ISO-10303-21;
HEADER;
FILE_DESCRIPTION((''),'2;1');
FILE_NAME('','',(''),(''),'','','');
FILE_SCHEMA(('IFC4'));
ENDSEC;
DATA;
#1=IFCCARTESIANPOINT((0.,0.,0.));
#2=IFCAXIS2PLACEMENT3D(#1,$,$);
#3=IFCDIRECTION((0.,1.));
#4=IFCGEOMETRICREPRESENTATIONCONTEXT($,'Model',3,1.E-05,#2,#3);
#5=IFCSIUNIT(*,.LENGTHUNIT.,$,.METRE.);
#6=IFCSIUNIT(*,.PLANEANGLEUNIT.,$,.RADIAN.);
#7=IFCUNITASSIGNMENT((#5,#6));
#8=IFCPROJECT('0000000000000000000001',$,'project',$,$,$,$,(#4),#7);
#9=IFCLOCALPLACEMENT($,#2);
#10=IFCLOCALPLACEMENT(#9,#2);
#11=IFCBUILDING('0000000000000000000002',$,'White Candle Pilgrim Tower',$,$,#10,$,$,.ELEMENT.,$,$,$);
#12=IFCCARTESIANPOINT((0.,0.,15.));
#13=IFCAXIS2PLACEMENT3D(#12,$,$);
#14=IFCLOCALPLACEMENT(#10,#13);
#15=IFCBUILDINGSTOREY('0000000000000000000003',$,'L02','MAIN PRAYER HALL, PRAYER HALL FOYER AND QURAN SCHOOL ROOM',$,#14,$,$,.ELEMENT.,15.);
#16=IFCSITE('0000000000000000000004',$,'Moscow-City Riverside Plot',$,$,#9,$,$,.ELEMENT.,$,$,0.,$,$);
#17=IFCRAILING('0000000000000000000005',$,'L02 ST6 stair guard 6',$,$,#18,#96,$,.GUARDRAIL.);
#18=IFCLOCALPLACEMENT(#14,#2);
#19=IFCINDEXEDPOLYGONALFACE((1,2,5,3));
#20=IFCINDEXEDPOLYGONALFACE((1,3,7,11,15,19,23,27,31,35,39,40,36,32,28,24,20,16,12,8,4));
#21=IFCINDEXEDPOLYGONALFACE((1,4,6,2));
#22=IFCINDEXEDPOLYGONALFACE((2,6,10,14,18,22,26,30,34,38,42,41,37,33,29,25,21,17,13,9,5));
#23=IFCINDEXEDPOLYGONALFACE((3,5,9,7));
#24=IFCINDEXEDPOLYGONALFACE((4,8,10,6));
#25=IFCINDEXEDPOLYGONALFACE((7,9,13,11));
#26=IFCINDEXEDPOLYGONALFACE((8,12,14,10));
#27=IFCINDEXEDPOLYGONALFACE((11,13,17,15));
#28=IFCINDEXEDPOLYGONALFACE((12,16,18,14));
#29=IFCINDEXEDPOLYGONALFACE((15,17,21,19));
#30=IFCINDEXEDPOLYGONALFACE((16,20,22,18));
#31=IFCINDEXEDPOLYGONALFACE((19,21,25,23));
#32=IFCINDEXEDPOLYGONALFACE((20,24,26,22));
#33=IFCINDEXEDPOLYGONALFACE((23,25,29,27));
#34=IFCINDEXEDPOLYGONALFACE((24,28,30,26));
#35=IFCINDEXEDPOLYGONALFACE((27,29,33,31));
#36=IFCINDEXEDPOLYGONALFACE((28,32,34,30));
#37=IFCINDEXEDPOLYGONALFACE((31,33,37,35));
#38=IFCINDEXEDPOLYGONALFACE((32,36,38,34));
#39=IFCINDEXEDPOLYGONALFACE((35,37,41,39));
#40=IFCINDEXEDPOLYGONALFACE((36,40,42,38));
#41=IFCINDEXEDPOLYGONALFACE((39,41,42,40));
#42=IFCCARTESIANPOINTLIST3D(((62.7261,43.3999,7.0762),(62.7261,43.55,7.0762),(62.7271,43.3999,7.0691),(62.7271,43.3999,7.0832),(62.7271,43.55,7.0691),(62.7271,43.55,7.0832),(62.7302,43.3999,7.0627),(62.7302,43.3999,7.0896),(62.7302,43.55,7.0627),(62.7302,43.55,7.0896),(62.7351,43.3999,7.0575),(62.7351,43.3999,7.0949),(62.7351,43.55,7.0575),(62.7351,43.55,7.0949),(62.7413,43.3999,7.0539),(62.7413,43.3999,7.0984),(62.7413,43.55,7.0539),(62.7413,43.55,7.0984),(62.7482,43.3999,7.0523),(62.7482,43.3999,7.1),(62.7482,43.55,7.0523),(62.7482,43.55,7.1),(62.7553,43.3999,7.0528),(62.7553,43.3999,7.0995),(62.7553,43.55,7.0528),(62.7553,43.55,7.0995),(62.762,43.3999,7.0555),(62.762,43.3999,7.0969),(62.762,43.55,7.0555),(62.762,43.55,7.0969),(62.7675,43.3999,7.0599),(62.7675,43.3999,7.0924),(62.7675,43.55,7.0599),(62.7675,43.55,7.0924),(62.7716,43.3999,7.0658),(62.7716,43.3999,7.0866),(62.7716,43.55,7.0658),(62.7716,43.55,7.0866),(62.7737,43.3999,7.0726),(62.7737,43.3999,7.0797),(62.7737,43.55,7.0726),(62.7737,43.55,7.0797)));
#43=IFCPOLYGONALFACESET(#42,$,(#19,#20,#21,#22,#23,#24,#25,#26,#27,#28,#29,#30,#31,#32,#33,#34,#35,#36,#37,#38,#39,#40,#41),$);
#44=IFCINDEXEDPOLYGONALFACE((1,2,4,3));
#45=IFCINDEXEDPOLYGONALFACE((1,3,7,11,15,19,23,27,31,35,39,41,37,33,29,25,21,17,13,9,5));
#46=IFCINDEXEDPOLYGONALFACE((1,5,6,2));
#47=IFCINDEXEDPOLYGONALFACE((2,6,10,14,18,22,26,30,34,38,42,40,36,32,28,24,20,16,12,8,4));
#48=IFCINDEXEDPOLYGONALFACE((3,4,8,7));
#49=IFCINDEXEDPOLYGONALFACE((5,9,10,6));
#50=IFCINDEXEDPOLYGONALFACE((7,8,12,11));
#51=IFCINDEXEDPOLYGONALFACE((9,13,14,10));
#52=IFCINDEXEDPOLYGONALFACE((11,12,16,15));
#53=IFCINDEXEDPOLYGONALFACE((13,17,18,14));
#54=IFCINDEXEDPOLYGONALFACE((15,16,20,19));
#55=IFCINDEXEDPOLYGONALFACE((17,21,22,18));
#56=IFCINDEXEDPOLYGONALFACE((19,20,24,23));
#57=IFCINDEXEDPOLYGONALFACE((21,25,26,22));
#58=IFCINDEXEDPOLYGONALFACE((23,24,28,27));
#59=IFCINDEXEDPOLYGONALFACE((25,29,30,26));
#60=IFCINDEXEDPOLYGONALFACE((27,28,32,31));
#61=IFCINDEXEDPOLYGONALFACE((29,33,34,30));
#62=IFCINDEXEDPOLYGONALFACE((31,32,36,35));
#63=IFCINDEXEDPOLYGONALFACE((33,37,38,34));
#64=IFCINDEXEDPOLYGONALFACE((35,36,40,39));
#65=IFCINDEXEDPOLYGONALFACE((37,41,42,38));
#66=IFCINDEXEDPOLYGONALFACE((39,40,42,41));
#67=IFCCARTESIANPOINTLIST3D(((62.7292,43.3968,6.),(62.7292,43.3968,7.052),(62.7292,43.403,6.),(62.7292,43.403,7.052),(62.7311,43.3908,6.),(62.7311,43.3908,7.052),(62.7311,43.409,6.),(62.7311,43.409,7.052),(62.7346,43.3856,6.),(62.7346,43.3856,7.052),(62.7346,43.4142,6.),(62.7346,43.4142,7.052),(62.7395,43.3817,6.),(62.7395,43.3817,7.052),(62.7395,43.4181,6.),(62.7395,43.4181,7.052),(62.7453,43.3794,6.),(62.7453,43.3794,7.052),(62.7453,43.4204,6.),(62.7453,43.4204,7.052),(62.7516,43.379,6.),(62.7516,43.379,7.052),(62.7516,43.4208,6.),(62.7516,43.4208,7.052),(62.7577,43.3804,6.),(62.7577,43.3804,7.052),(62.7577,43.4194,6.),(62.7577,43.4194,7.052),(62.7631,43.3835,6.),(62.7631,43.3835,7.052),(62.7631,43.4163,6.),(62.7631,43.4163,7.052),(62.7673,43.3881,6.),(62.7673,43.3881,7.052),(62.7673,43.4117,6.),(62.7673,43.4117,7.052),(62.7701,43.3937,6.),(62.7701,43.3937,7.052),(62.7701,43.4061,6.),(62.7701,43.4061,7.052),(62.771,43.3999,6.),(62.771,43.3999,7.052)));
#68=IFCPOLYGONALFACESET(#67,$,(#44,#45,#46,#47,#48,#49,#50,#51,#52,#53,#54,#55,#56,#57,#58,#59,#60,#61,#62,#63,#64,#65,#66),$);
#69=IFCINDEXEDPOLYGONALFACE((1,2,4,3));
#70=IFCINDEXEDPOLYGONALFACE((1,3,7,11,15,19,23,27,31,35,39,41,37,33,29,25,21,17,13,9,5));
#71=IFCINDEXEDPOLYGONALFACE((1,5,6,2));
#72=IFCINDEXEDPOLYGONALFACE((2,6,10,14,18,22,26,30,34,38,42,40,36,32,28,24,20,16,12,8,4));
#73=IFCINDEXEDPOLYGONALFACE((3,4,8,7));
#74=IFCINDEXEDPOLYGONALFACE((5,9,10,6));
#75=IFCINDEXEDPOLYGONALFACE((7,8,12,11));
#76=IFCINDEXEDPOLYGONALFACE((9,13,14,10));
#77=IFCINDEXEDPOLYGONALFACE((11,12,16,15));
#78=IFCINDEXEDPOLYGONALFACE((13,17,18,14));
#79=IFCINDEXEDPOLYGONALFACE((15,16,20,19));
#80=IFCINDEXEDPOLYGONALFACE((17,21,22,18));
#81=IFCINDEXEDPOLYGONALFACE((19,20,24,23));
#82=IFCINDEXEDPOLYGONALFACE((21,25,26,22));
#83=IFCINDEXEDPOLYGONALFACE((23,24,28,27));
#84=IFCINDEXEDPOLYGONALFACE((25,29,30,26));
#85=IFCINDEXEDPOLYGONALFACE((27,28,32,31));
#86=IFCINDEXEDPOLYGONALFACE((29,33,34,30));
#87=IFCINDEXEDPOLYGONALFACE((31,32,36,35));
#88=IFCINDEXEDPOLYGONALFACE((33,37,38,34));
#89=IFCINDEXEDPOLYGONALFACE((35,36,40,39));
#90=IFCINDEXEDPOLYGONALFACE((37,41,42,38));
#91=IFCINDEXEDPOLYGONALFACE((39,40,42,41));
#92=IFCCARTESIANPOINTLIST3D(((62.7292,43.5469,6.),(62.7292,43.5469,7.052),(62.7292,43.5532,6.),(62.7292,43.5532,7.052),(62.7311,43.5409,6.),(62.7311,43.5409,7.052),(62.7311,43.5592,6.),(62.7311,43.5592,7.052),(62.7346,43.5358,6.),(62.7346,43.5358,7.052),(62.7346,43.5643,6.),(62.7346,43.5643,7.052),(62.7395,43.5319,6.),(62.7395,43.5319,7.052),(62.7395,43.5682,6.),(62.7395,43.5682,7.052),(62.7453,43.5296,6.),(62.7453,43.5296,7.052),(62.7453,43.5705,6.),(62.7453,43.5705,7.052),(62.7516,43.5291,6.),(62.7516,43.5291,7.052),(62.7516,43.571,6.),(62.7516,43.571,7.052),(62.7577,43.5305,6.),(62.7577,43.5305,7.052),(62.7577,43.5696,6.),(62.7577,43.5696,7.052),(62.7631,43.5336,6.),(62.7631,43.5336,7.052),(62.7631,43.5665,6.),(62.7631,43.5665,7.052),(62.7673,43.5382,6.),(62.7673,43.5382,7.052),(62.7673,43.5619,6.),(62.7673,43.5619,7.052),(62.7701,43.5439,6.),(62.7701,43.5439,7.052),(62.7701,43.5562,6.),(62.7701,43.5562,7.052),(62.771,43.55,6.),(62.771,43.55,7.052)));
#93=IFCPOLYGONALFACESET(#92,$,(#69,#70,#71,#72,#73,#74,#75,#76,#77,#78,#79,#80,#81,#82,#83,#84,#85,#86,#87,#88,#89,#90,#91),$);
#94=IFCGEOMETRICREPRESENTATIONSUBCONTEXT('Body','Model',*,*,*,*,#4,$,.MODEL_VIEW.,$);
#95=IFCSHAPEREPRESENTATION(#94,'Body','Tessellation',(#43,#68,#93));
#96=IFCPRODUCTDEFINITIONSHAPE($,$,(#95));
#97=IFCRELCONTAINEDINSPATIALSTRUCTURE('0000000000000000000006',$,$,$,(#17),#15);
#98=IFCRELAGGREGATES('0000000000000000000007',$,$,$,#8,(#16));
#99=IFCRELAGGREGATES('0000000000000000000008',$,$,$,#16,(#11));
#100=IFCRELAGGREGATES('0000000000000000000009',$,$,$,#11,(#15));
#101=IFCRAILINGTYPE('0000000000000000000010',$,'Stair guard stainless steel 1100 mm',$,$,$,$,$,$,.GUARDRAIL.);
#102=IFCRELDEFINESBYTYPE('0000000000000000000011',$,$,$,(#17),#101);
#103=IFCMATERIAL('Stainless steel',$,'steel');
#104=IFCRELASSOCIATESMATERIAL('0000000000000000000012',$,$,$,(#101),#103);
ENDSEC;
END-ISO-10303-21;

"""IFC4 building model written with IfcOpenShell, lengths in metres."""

from ifc_helpers import new_model, si_unit, direction, frame, origin, origin_2d, place, context, subcontext, project, spatial, circle, extrude, material, type_object, element, save


model = new_model("IFC4")

# Units and contexts
model_context = context("Model", 3, precision=1e-05, world=origin(), true_north=direction((0.0, 1.0)))
body_context = subcontext(model_context, "Body", "Model", "MODEL_VIEW")
ifc_project = project(units=[si_unit("LENGTHUNIT", "METRE"), si_unit("PLANEANGLEUNIT", "RADIAN")], contexts=[model_context])

# Site, building, storey
site_placement = place(None, origin())
site = spatial("IfcSite", under=ifc_project, at=site_placement, Name="Moscow-City Riverside Plot", CompositionType="ELEMENT", RefElevation=0.0)
building_placement = place(site_placement, origin())
building = spatial("IfcBuilding", under=site, at=building_placement, Name="White Candle Pilgrim Tower", CompositionType="ELEMENT")
storey_placement = place(building_placement, frame((0.0, 0.0, 15.0)))
storey = spatial("IfcBuildingStorey", under=building, at=storey_placement, Name="L02", Description="MAIN PRAYER HALL, PRAYER HALL FOYER AND QURAN SCHOOL ROOM", CompositionType="ELEMENT", Elevation=15.0)

# Railing
ifc_material_1 = material(Name="Stainless steel", Category="steel")
railing_type_1 = type_object("IfcRailingType", Name="Stair guard stainless steel 1100 mm", PredefinedType="GUARDRAIL", material=ifc_material_1)
railing_1_placement = place(storey_placement, frame((62.75, 43.3999, 6.0)))
element("IfcRailing", 1, at=railing_1_placement, inside=storey, type_object=railing_type_1, Name="L02 ST6 stair guard 6", PredefinedType="GUARDRAIL", context=body_context, shape_type="SweptSolid", body=[
    extrude(circle(Radius=0.0239, at=origin_2d()), frame((0.0, 0.0, 1.0762), z_axis=(0.0, 1.0, 0.0), x_axis=(-1.0, 0.0, 0.0)), (0.0, 0.0, 1.0), 0.1501),
    extrude(circle(Radius=0.021, at=origin_2d()), origin(), (0.0, 0.0, 1.0), 1.052),
    extrude(circle(Radius=0.021, at=origin_2d()), frame((0.0, 0.1501, 0.0)), (0.0, 0.0, 1.0), 1.052),
])

save(model, "model.ifc")
